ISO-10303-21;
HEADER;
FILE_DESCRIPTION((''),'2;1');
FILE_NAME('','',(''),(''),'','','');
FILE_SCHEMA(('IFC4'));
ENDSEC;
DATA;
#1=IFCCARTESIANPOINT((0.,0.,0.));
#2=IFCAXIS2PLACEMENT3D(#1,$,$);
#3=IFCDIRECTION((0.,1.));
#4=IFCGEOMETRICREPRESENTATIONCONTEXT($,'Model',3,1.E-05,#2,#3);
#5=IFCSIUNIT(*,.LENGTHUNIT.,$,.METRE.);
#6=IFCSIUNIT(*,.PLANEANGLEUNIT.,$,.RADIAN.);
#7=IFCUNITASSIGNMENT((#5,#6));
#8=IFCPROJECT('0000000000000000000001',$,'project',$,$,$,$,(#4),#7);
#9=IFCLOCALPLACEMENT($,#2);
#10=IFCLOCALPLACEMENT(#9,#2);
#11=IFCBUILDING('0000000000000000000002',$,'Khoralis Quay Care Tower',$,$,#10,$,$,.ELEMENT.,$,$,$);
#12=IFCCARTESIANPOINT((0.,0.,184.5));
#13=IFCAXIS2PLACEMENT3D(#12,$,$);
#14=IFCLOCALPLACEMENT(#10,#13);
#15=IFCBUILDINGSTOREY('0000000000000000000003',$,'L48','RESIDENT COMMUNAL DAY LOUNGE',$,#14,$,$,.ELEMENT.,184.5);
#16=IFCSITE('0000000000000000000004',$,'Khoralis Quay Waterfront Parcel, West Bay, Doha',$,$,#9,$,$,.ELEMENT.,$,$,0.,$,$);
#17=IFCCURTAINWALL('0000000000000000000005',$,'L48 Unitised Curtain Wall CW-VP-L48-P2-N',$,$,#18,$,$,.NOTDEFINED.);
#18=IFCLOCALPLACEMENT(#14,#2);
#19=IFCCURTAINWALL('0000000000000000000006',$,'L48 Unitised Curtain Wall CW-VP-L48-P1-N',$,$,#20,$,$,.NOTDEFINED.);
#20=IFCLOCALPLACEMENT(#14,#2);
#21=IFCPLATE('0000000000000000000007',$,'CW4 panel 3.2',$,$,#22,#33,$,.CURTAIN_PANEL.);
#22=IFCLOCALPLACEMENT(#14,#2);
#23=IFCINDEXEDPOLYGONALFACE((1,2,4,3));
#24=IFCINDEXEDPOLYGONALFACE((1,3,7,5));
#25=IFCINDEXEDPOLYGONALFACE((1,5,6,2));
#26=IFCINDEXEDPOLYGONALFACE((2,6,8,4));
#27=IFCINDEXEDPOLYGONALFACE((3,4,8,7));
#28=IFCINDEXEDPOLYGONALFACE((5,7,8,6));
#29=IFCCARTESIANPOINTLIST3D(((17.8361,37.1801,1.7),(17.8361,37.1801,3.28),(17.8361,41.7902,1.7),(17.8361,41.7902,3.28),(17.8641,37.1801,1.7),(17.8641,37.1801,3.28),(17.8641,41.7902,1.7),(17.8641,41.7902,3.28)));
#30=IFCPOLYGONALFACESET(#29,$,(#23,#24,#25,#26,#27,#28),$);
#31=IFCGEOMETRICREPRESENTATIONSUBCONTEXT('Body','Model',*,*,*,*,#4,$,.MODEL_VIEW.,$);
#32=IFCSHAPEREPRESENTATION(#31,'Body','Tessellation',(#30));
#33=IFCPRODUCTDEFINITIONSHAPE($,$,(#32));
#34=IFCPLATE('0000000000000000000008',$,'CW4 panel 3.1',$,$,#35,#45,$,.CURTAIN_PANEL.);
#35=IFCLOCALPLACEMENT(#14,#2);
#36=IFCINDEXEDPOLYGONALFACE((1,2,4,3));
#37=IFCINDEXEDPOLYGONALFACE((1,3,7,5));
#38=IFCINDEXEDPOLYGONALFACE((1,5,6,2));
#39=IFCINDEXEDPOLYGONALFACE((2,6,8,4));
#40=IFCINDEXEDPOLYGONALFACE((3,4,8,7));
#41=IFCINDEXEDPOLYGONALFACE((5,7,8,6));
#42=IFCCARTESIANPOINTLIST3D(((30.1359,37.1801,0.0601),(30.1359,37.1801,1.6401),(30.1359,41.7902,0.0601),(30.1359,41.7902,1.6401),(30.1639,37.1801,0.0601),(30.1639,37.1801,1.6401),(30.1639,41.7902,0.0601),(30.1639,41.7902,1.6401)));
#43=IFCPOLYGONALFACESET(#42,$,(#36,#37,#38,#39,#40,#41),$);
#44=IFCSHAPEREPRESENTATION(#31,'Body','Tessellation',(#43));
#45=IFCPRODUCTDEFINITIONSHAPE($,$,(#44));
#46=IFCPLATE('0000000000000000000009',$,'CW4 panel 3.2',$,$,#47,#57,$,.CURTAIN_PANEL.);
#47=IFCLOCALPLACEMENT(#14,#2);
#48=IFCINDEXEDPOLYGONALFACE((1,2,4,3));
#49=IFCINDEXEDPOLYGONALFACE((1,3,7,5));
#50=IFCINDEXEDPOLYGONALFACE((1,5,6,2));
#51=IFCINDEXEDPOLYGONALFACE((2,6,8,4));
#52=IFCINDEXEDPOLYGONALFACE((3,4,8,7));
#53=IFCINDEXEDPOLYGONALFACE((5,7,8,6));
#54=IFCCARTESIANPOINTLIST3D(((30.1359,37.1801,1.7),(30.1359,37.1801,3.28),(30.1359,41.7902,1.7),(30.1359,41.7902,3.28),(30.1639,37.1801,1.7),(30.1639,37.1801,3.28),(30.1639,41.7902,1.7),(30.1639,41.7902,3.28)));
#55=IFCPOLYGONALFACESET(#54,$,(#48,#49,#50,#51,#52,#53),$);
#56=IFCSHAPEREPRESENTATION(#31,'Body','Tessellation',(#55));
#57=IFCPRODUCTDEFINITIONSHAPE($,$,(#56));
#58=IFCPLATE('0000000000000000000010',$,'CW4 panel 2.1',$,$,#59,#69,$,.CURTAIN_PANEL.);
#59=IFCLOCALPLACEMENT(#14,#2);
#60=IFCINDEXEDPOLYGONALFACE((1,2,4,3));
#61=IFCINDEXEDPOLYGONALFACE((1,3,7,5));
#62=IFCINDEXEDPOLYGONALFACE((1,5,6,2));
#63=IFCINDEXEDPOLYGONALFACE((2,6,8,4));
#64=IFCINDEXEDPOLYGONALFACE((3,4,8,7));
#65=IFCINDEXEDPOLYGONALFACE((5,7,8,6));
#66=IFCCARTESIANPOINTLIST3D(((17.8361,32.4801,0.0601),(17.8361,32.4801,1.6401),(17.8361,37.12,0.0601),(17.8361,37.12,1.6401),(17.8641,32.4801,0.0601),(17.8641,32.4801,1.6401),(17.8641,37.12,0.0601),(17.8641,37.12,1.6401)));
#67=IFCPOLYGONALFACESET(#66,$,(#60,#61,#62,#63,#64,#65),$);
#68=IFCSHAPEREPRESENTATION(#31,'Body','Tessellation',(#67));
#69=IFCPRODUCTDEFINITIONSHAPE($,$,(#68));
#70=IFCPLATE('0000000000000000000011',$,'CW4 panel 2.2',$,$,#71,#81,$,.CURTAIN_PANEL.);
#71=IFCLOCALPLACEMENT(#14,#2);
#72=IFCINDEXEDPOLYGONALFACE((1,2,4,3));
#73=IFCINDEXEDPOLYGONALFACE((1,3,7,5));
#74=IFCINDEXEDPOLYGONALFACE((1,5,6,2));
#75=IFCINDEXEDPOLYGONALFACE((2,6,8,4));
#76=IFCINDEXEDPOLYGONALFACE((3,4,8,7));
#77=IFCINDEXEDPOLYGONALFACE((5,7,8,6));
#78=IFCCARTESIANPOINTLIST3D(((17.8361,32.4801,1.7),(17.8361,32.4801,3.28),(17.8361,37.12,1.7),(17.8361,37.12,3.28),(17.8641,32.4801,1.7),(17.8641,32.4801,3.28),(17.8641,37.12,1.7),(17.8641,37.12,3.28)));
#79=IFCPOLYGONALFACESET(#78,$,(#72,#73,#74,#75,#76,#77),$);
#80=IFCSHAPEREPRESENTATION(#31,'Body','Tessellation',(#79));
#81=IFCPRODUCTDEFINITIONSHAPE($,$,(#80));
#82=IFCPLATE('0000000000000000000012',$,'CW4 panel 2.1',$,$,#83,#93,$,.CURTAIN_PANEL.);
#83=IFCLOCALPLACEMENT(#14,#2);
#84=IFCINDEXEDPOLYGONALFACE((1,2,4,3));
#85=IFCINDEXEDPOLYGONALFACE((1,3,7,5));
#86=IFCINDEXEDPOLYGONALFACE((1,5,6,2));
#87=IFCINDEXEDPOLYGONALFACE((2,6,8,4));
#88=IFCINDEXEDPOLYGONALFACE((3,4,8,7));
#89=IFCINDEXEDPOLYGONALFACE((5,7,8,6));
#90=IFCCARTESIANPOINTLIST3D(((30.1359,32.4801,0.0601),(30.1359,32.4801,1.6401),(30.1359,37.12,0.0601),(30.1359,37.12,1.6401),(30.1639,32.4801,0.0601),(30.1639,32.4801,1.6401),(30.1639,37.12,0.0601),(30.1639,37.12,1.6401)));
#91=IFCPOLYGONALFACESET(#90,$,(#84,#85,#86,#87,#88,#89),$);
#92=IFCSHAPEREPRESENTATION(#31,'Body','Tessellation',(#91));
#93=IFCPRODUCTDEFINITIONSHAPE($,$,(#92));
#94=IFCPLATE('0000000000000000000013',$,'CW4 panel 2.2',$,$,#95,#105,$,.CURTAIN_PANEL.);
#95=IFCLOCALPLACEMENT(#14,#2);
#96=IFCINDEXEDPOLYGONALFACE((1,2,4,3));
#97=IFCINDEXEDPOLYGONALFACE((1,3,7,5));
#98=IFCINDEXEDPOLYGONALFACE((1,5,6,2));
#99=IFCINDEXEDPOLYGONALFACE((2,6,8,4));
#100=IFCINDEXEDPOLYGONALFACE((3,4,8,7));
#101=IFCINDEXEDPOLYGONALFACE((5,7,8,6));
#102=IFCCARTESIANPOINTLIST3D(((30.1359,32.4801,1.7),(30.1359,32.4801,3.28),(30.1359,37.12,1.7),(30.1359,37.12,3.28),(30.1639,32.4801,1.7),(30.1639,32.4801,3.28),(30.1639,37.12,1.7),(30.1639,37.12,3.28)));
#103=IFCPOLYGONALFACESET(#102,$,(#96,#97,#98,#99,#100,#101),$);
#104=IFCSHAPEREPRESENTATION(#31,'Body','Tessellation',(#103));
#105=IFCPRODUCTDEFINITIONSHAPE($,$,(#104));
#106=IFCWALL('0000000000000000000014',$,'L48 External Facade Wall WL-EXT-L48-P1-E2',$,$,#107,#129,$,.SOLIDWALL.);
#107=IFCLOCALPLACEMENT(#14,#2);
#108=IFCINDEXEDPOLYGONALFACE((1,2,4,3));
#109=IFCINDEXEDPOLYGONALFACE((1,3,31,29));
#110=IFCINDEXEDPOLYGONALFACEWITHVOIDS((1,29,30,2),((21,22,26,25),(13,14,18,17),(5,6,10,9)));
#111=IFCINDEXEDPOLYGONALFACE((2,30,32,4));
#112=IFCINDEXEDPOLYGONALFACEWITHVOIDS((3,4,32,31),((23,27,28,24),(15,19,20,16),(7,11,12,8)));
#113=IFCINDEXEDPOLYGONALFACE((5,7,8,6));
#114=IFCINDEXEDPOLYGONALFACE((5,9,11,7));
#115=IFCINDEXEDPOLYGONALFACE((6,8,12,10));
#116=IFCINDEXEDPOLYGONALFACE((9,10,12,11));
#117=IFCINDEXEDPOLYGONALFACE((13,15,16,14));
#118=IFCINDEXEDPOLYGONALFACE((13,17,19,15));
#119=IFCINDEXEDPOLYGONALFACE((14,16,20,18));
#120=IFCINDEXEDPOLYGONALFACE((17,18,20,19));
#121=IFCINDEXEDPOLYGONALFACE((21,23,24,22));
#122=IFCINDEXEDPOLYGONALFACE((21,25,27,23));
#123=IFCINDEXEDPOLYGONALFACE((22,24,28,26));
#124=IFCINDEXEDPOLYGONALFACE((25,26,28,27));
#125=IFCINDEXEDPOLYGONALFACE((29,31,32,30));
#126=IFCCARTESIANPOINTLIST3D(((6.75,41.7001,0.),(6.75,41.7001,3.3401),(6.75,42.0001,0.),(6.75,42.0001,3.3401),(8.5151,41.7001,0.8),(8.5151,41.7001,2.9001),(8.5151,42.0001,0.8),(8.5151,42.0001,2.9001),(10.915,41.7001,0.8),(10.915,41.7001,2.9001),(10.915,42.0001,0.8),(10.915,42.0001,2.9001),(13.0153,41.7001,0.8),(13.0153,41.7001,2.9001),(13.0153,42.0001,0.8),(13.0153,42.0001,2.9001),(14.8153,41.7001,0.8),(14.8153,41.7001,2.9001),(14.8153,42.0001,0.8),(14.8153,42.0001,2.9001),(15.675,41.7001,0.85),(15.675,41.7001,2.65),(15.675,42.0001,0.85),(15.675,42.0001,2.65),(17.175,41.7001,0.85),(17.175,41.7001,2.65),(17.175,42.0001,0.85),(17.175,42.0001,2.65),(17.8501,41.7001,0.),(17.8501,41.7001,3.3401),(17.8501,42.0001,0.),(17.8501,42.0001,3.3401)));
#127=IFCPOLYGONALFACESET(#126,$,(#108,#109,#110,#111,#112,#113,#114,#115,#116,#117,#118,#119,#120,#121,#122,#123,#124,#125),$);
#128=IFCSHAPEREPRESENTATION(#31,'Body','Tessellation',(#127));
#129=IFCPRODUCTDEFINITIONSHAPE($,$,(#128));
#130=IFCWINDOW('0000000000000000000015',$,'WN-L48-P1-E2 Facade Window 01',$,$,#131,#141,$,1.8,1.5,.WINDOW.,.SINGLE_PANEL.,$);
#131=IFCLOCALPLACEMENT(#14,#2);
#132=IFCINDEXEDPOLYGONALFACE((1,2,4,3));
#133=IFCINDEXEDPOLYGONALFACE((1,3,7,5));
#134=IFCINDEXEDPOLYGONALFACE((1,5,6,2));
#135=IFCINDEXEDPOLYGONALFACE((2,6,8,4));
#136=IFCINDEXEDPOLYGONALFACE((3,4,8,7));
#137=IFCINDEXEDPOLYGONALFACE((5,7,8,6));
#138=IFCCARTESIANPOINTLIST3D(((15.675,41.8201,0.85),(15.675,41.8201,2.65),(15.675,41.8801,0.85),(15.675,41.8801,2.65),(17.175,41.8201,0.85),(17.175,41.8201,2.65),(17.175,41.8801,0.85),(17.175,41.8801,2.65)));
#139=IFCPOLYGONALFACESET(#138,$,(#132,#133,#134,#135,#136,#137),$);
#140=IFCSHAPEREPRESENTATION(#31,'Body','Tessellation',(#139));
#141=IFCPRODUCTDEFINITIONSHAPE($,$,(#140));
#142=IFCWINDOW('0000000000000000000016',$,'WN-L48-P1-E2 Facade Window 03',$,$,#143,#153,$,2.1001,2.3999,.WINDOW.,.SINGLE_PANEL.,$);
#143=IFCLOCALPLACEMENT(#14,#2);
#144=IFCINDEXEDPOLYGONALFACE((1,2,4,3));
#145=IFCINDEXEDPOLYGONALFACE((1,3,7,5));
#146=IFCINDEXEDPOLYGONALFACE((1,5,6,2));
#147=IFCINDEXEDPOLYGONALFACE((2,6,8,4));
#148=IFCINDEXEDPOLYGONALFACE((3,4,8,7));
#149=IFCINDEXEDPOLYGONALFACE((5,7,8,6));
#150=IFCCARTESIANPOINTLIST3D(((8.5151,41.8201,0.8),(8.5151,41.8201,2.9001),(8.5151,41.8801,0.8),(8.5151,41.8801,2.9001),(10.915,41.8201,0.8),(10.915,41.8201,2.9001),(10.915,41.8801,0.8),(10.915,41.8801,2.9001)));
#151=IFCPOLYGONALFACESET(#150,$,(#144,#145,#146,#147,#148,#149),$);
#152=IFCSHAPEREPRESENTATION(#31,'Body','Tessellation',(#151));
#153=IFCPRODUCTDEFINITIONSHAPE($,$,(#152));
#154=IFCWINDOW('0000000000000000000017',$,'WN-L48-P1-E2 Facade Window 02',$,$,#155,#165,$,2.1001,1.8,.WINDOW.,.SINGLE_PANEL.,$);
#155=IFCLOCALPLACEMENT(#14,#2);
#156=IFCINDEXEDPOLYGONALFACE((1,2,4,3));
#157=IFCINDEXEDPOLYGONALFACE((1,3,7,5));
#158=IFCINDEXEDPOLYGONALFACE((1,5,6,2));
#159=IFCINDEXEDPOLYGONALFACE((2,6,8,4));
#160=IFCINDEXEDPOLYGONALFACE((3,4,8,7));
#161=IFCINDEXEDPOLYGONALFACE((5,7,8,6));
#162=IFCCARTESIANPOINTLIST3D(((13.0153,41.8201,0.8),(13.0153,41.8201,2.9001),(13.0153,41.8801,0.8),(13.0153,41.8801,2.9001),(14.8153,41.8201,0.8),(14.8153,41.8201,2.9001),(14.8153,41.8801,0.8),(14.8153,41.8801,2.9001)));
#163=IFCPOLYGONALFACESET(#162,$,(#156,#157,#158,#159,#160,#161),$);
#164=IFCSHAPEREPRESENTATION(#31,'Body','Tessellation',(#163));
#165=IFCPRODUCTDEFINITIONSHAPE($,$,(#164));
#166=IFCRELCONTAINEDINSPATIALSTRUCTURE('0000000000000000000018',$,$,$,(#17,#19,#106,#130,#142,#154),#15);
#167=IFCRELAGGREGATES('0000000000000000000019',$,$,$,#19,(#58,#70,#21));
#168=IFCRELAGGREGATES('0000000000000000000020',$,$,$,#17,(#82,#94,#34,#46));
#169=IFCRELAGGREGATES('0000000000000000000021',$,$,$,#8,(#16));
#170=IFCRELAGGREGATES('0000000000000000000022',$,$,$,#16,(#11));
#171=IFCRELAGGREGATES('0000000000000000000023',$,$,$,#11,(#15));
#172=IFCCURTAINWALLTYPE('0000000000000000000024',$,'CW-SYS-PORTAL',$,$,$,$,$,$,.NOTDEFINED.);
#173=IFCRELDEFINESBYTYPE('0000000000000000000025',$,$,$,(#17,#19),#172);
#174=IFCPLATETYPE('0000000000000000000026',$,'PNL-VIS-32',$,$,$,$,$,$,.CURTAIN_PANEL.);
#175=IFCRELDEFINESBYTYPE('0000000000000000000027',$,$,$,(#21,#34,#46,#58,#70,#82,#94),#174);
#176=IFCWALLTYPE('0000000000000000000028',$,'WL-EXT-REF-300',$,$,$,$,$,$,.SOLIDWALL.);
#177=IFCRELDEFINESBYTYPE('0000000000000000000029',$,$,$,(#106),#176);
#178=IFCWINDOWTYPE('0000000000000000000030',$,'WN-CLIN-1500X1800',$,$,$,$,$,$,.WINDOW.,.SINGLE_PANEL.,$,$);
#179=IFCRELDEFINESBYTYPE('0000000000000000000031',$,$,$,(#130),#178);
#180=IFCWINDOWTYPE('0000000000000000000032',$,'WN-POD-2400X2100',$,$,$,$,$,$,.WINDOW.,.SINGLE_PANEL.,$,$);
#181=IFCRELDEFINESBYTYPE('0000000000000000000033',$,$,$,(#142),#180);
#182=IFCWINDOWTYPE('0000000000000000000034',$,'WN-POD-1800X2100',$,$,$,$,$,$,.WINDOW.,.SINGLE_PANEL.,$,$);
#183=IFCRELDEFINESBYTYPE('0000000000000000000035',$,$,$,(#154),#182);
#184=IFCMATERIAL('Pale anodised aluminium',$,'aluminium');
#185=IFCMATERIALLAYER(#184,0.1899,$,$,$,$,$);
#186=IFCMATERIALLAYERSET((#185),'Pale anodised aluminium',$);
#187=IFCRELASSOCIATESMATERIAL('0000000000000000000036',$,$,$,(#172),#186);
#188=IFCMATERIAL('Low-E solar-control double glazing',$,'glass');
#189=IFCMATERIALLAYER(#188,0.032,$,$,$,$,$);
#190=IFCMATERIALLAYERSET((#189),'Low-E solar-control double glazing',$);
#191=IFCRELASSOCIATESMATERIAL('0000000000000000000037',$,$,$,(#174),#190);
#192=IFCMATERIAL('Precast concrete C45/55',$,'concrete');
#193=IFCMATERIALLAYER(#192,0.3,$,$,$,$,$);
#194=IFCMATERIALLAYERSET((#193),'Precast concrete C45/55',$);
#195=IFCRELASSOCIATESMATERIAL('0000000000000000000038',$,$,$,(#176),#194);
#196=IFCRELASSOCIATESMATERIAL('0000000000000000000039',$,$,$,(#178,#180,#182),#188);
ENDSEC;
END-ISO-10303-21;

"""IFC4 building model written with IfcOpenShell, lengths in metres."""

from ifc_helpers import new_model, si_unit, direction, frame, frame_2d, origin, origin_2d, place, context, subcontext, project, spatial, rectangle, extrude, source, transform, mapped, material, layer, layer_set, type_object, element, fill, aggregate, save


model = new_model("IFC4")

# Units and contexts
model_context = context("Model", 3, precision=1e-05, world=origin(), true_north=direction((0.0, 1.0)))
body_context = subcontext(model_context, "Body", "Model", "MODEL_VIEW")
ifc_project = project(units=[si_unit("LENGTHUNIT", "METRE"), si_unit("PLANEANGLEUNIT", "RADIAN")], contexts=[model_context])

# Site, building, storey
site_placement = place(None, origin())
site = spatial("IfcSite", under=ifc_project, at=site_placement, Name="Khoralis Quay Waterfront Parcel, West Bay, Doha", CompositionType="ELEMENT", RefElevation=0.0)
building_placement = place(site_placement, origin())
building = spatial("IfcBuilding", under=site, at=building_placement, Name="Khoralis Quay Care Tower", CompositionType="ELEMENT")
storey_placement = place(building_placement, frame((0.0, 0.0, 184.5)))
storey = spatial("IfcBuildingStorey", under=building, at=storey_placement, Name="L48", Description="RESIDENT COMMUNAL DAY LOUNGE", CompositionType="ELEMENT", Elevation=184.5)

# Curtain walls
ifc_material_1 = material(Name="Pale anodised aluminium", Category="aluminium")
ifc_layer_1 = layer(ifc_material_1, 0.1899)
ifc_layer_set_1 = layer_set([ifc_layer_1], Name="Pale anodised aluminium")
curtain_wall_type = type_object("IfcCurtainWallType", Name="CW-SYS-PORTAL", PredefinedType="NOTDEFINED", material=ifc_layer_set_1)
curtain_wall_1_placement = place(storey_placement, origin())
curtain_wall_1 = element("IfcCurtainWall", 1, at=curtain_wall_1_placement, inside=storey, type_object=curtain_wall_type, Name="L48 Unitised Curtain Wall CW-VP-L48-P2-N", PredefinedType="NOTDEFINED")
curtain_wall_2_placement = place(storey_placement, origin())
curtain_wall_2 = element("IfcCurtainWall", 2, at=curtain_wall_2_placement, inside=storey, type_object=curtain_wall_type, Name="L48 Unitised Curtain Wall CW-VP-L48-P1-N", PredefinedType="NOTDEFINED")

# Plates
ifc_material_2 = material(Name="Low-E solar-control double glazing", Category="glass")
ifc_layer_2 = layer(ifc_material_2, 0.032)
ifc_layer_set_2 = layer_set([ifc_layer_2], Name="Low-E solar-control double glazing")
plate_type = type_object("IfcPlateType", Name="PNL-VIS-32", PredefinedType="CURTAIN_PANEL", material=ifc_layer_set_2)
shared_shape_1 = source(origin(), body_context, "Body", "SweptSolid", [
    extrude(rectangle(XDim=4.6101, YDim=0.0281, at=origin_2d()), origin(), (0.0, 0.0, 1.0), 1.5801),
])
plate_1_placement = place(storey_placement, frame((17.8501, 39.4851, 1.7), z_axis=(0.0, 0.0, 1.0), x_axis=(0.0, 1.0, 0.0)))
plate_1 = element("IfcPlate", 3, at=plate_1_placement, type_object=plate_type, Name="CW4 panel 3.2", PredefinedType="CURTAIN_PANEL", context=body_context, shape_type="MappedRepresentation", body=[
    mapped(shared_shape_1, transform((0.0, 0.0, 0.0), scale=1.0)),
])
plate_2_placement = place(storey_placement, frame((30.1499, 39.4851, 0.0601), z_axis=(0.0, 0.0, 1.0), x_axis=(0.0, 1.0, 0.0)))
plate_2 = element("IfcPlate", 4, at=plate_2_placement, type_object=plate_type, Name="CW4 panel 3.1", PredefinedType="CURTAIN_PANEL", context=body_context, shape_type="MappedRepresentation", body=[
    mapped(shared_shape_1, transform((0.0, 0.0, 0.0), scale=1.0)),
])
plate_3_placement = place(storey_placement, frame((30.1499, 39.4851, 1.7), z_axis=(0.0, 0.0, 1.0), x_axis=(0.0, 1.0, 0.0)))
plate_3 = element("IfcPlate", 5, at=plate_3_placement, type_object=plate_type, Name="CW4 panel 3.2", PredefinedType="CURTAIN_PANEL", context=body_context, shape_type="MappedRepresentation", body=[
    mapped(shared_shape_1, transform((0.0, 0.0, 0.0), scale=1.0)),
])
shared_shape_2 = source(origin(), body_context, "Body", "SweptSolid", [
    extrude(rectangle(XDim=4.6399, YDim=0.0281, at=origin_2d()), origin(), (0.0, 0.0, 1.0), 1.5801),
])
plate_4_placement = place(storey_placement, frame((17.8501, 34.8, 0.0601), z_axis=(0.0, 0.0, 1.0), x_axis=(0.0, 1.0, 0.0)))
plate_4 = element("IfcPlate", 6, at=plate_4_placement, type_object=plate_type, Name="CW4 panel 2.1", PredefinedType="CURTAIN_PANEL", context=body_context, shape_type="MappedRepresentation", body=[
    mapped(shared_shape_2, transform((0.0, 0.0, 0.0), scale=1.0)),
])
plate_5_placement = place(storey_placement, frame((17.8501, 34.8, 1.7), z_axis=(0.0, 0.0, 1.0), x_axis=(0.0, 1.0, 0.0)))
plate_5 = element("IfcPlate", 7, at=plate_5_placement, type_object=plate_type, Name="CW4 panel 2.2", PredefinedType="CURTAIN_PANEL", context=body_context, shape_type="MappedRepresentation", body=[
    mapped(shared_shape_2, transform((0.0, 0.0, 0.0), scale=1.0)),
])
aggregate(curtain_wall_2, [plate_4, plate_5, plate_1])
plate_6_placement = place(storey_placement, frame((30.1499, 34.8, 0.0601), z_axis=(0.0, 0.0, 1.0), x_axis=(0.0, 1.0, 0.0)))
plate_6 = element("IfcPlate", 8, at=plate_6_placement, type_object=plate_type, Name="CW4 panel 2.1", PredefinedType="CURTAIN_PANEL", context=body_context, shape_type="MappedRepresentation", body=[
    mapped(shared_shape_2, transform((0.0, 0.0, 0.0), scale=1.0)),
])
plate_7_placement = place(storey_placement, frame((30.1499, 34.8, 1.7), z_axis=(0.0, 0.0, 1.0), x_axis=(0.0, 1.0, 0.0)))
plate_7 = element("IfcPlate", 9, at=plate_7_placement, type_object=plate_type, Name="CW4 panel 2.2", PredefinedType="CURTAIN_PANEL", context=body_context, shape_type="MappedRepresentation", body=[
    mapped(shared_shape_2, transform((0.0, 0.0, 0.0), scale=1.0)),
])
aggregate(curtain_wall_1, [plate_6, plate_7, plate_2, plate_3])

# Wall, openings, windows
ifc_material_3 = material(Name="Precast concrete C45/55", Category="concrete")
ifc_layer_3 = layer(ifc_material_3, 0.3)
ifc_layer_set_3 = layer_set([ifc_layer_3], Name="Precast concrete C45/55")
wall_type = type_object("IfcWallType", Name="WL-EXT-REF-300", PredefinedType="SOLIDWALL", material=ifc_layer_set_3)
wall_placement = place(storey_placement, frame((17.8501, 41.8501, 0.0), z_axis=(0.0, 0.0, 1.0), x_axis=(-1.0, 0.0, 0.0)))
wall = element("IfcWall", 10, at=wall_placement, inside=storey, type_object=wall_type, Name="L48 External Facade Wall WL-EXT-L48-P1-E2", PredefinedType="SOLIDWALL", context=body_context, shape_type="SweptSolid", body=[
    extrude(rectangle(XDim=11.1001, YDim=0.3, at=frame_2d((5.55, 0.0))), origin(), (0.0, 0.0, 1.0), 3.3401),
])
opening_1_placement = place(wall_placement, frame((0.675, 0.0, 0.8501)))
opening_1 = element("IfcOpeningElement", 11, at=opening_1_placement, cuts=wall, PredefinedType="OPENING", context=body_context, shape_type="SweptSolid", body=[
    extrude(rectangle(XDim=1.5, YDim=1.8, at=frame_2d((0.75, 0.8999))), frame((0.0, 0.1602, 0.0), z_axis=(0.0, -1.0, 0.0), x_axis=(1.0, 0.0, 0.0)), (0.0, 0.0, 1.0), 0.3201),
])
opening_2_placement = place(wall_placement, frame((3.0349, 0.0, 0.8)))
opening_2 = element("IfcOpeningElement", 12, at=opening_2_placement, cuts=wall, PredefinedType="OPENING", context=body_context, shape_type="SweptSolid", body=[
    extrude(rectangle(XDim=1.8, YDim=2.1001, at=frame_2d((0.8999, 1.05))), frame((0.0, 0.1602, 0.0), z_axis=(0.0, -1.0, 0.0), x_axis=(1.0, 0.0, 0.0)), (0.0, 0.0, 1.0), 0.3201),
])
opening_3_placement = place(wall_placement, frame((6.9351, 0.0, 0.8)))
opening_3 = element("IfcOpeningElement", 13, at=opening_3_placement, cuts=wall, PredefinedType="OPENING", context=body_context, shape_type="SweptSolid", body=[
    extrude(rectangle(XDim=2.3999, YDim=2.1001, at=frame_2d((1.2, 1.05))), frame((0.0, 0.1602, 0.0), z_axis=(0.0, -1.0, 0.0), x_axis=(1.0, 0.0, 0.0)), (0.0, 0.0, 1.0), 0.3201),
])
window_type_1 = type_object("IfcWindowType", Name="WN-CLIN-1500X1800", PartitioningType="SINGLE_PANEL", PredefinedType="WINDOW", material=ifc_material_2)
shared_shape_3 = source(origin(), body_context, "Body", "SweptSolid", [
    extrude(rectangle(XDim=1.5, YDim=1.8, at=frame_2d((0.75, 0.8999))), frame((0.0, 0.03, 0.0), z_axis=(0.0, -1.0, 0.0), x_axis=(1.0, 0.0, 0.0)), (0.0, 0.0, 1.0), 0.0601),
])
window_1_placement = place(opening_1_placement, origin())
window_1 = element("IfcWindow", 14, at=window_1_placement, inside=storey, type_object=window_type_1, Name="WN-L48-P1-E2 Facade Window 01", OverallHeight=1.8, OverallWidth=1.5, PartitioningType="SINGLE_PANEL", PredefinedType="WINDOW", context=body_context, shape_type="MappedRepresentation", body=[
    mapped(shared_shape_3, transform((0.0, 0.0, 0.0), scale=1.0)),
])
fill(opening_1, window_1)
window_type_2 = type_object("IfcWindowType", Name="WN-POD-2400X2100", PartitioningType="SINGLE_PANEL", PredefinedType="WINDOW", material=ifc_material_2)
shared_shape_4 = source(origin(), body_context, "Body", "SweptSolid", [
    extrude(rectangle(XDim=2.3999, YDim=2.1001, at=frame_2d((1.2, 1.05))), frame((0.0, 0.03, 0.0), z_axis=(0.0, -1.0, 0.0), x_axis=(1.0, 0.0, 0.0)), (0.0, 0.0, 1.0), 0.0601),
])
window_2_placement = place(opening_3_placement, origin())
window_2 = element("IfcWindow", 15, at=window_2_placement, inside=storey, type_object=window_type_2, Name="WN-L48-P1-E2 Facade Window 03", OverallHeight=2.1001, OverallWidth=2.3999, PartitioningType="SINGLE_PANEL", PredefinedType="WINDOW", context=body_context, shape_type="MappedRepresentation", body=[
    mapped(shared_shape_4, transform((0.0, 0.0, 0.0), scale=1.0)),
])
fill(opening_3, window_2)
window_type_3 = type_object("IfcWindowType", Name="WN-POD-1800X2100", PartitioningType="SINGLE_PANEL", PredefinedType="WINDOW", material=ifc_material_2)
shared_shape_5 = source(origin(), body_context, "Body", "SweptSolid", [
    extrude(rectangle(XDim=1.8, YDim=2.1001, at=frame_2d((0.8999, 1.05))), frame((0.0, 0.03, 0.0), z_axis=(0.0, -1.0, 0.0), x_axis=(1.0, 0.0, 0.0)), (0.0, 0.0, 1.0), 0.0601),
])
window_3_placement = place(opening_2_placement, origin())
window_3 = element("IfcWindow", 16, at=window_3_placement, inside=storey, type_object=window_type_3, Name="WN-L48-P1-E2 Facade Window 02", OverallHeight=2.1001, OverallWidth=1.8, PartitioningType="SINGLE_PANEL", PredefinedType="WINDOW", context=body_context, shape_type="MappedRepresentation", body=[
    mapped(shared_shape_5, transform((0.0, 0.0, 0.0), scale=1.0)),
])
fill(opening_2, window_3)

save(model, "model.ifc")
